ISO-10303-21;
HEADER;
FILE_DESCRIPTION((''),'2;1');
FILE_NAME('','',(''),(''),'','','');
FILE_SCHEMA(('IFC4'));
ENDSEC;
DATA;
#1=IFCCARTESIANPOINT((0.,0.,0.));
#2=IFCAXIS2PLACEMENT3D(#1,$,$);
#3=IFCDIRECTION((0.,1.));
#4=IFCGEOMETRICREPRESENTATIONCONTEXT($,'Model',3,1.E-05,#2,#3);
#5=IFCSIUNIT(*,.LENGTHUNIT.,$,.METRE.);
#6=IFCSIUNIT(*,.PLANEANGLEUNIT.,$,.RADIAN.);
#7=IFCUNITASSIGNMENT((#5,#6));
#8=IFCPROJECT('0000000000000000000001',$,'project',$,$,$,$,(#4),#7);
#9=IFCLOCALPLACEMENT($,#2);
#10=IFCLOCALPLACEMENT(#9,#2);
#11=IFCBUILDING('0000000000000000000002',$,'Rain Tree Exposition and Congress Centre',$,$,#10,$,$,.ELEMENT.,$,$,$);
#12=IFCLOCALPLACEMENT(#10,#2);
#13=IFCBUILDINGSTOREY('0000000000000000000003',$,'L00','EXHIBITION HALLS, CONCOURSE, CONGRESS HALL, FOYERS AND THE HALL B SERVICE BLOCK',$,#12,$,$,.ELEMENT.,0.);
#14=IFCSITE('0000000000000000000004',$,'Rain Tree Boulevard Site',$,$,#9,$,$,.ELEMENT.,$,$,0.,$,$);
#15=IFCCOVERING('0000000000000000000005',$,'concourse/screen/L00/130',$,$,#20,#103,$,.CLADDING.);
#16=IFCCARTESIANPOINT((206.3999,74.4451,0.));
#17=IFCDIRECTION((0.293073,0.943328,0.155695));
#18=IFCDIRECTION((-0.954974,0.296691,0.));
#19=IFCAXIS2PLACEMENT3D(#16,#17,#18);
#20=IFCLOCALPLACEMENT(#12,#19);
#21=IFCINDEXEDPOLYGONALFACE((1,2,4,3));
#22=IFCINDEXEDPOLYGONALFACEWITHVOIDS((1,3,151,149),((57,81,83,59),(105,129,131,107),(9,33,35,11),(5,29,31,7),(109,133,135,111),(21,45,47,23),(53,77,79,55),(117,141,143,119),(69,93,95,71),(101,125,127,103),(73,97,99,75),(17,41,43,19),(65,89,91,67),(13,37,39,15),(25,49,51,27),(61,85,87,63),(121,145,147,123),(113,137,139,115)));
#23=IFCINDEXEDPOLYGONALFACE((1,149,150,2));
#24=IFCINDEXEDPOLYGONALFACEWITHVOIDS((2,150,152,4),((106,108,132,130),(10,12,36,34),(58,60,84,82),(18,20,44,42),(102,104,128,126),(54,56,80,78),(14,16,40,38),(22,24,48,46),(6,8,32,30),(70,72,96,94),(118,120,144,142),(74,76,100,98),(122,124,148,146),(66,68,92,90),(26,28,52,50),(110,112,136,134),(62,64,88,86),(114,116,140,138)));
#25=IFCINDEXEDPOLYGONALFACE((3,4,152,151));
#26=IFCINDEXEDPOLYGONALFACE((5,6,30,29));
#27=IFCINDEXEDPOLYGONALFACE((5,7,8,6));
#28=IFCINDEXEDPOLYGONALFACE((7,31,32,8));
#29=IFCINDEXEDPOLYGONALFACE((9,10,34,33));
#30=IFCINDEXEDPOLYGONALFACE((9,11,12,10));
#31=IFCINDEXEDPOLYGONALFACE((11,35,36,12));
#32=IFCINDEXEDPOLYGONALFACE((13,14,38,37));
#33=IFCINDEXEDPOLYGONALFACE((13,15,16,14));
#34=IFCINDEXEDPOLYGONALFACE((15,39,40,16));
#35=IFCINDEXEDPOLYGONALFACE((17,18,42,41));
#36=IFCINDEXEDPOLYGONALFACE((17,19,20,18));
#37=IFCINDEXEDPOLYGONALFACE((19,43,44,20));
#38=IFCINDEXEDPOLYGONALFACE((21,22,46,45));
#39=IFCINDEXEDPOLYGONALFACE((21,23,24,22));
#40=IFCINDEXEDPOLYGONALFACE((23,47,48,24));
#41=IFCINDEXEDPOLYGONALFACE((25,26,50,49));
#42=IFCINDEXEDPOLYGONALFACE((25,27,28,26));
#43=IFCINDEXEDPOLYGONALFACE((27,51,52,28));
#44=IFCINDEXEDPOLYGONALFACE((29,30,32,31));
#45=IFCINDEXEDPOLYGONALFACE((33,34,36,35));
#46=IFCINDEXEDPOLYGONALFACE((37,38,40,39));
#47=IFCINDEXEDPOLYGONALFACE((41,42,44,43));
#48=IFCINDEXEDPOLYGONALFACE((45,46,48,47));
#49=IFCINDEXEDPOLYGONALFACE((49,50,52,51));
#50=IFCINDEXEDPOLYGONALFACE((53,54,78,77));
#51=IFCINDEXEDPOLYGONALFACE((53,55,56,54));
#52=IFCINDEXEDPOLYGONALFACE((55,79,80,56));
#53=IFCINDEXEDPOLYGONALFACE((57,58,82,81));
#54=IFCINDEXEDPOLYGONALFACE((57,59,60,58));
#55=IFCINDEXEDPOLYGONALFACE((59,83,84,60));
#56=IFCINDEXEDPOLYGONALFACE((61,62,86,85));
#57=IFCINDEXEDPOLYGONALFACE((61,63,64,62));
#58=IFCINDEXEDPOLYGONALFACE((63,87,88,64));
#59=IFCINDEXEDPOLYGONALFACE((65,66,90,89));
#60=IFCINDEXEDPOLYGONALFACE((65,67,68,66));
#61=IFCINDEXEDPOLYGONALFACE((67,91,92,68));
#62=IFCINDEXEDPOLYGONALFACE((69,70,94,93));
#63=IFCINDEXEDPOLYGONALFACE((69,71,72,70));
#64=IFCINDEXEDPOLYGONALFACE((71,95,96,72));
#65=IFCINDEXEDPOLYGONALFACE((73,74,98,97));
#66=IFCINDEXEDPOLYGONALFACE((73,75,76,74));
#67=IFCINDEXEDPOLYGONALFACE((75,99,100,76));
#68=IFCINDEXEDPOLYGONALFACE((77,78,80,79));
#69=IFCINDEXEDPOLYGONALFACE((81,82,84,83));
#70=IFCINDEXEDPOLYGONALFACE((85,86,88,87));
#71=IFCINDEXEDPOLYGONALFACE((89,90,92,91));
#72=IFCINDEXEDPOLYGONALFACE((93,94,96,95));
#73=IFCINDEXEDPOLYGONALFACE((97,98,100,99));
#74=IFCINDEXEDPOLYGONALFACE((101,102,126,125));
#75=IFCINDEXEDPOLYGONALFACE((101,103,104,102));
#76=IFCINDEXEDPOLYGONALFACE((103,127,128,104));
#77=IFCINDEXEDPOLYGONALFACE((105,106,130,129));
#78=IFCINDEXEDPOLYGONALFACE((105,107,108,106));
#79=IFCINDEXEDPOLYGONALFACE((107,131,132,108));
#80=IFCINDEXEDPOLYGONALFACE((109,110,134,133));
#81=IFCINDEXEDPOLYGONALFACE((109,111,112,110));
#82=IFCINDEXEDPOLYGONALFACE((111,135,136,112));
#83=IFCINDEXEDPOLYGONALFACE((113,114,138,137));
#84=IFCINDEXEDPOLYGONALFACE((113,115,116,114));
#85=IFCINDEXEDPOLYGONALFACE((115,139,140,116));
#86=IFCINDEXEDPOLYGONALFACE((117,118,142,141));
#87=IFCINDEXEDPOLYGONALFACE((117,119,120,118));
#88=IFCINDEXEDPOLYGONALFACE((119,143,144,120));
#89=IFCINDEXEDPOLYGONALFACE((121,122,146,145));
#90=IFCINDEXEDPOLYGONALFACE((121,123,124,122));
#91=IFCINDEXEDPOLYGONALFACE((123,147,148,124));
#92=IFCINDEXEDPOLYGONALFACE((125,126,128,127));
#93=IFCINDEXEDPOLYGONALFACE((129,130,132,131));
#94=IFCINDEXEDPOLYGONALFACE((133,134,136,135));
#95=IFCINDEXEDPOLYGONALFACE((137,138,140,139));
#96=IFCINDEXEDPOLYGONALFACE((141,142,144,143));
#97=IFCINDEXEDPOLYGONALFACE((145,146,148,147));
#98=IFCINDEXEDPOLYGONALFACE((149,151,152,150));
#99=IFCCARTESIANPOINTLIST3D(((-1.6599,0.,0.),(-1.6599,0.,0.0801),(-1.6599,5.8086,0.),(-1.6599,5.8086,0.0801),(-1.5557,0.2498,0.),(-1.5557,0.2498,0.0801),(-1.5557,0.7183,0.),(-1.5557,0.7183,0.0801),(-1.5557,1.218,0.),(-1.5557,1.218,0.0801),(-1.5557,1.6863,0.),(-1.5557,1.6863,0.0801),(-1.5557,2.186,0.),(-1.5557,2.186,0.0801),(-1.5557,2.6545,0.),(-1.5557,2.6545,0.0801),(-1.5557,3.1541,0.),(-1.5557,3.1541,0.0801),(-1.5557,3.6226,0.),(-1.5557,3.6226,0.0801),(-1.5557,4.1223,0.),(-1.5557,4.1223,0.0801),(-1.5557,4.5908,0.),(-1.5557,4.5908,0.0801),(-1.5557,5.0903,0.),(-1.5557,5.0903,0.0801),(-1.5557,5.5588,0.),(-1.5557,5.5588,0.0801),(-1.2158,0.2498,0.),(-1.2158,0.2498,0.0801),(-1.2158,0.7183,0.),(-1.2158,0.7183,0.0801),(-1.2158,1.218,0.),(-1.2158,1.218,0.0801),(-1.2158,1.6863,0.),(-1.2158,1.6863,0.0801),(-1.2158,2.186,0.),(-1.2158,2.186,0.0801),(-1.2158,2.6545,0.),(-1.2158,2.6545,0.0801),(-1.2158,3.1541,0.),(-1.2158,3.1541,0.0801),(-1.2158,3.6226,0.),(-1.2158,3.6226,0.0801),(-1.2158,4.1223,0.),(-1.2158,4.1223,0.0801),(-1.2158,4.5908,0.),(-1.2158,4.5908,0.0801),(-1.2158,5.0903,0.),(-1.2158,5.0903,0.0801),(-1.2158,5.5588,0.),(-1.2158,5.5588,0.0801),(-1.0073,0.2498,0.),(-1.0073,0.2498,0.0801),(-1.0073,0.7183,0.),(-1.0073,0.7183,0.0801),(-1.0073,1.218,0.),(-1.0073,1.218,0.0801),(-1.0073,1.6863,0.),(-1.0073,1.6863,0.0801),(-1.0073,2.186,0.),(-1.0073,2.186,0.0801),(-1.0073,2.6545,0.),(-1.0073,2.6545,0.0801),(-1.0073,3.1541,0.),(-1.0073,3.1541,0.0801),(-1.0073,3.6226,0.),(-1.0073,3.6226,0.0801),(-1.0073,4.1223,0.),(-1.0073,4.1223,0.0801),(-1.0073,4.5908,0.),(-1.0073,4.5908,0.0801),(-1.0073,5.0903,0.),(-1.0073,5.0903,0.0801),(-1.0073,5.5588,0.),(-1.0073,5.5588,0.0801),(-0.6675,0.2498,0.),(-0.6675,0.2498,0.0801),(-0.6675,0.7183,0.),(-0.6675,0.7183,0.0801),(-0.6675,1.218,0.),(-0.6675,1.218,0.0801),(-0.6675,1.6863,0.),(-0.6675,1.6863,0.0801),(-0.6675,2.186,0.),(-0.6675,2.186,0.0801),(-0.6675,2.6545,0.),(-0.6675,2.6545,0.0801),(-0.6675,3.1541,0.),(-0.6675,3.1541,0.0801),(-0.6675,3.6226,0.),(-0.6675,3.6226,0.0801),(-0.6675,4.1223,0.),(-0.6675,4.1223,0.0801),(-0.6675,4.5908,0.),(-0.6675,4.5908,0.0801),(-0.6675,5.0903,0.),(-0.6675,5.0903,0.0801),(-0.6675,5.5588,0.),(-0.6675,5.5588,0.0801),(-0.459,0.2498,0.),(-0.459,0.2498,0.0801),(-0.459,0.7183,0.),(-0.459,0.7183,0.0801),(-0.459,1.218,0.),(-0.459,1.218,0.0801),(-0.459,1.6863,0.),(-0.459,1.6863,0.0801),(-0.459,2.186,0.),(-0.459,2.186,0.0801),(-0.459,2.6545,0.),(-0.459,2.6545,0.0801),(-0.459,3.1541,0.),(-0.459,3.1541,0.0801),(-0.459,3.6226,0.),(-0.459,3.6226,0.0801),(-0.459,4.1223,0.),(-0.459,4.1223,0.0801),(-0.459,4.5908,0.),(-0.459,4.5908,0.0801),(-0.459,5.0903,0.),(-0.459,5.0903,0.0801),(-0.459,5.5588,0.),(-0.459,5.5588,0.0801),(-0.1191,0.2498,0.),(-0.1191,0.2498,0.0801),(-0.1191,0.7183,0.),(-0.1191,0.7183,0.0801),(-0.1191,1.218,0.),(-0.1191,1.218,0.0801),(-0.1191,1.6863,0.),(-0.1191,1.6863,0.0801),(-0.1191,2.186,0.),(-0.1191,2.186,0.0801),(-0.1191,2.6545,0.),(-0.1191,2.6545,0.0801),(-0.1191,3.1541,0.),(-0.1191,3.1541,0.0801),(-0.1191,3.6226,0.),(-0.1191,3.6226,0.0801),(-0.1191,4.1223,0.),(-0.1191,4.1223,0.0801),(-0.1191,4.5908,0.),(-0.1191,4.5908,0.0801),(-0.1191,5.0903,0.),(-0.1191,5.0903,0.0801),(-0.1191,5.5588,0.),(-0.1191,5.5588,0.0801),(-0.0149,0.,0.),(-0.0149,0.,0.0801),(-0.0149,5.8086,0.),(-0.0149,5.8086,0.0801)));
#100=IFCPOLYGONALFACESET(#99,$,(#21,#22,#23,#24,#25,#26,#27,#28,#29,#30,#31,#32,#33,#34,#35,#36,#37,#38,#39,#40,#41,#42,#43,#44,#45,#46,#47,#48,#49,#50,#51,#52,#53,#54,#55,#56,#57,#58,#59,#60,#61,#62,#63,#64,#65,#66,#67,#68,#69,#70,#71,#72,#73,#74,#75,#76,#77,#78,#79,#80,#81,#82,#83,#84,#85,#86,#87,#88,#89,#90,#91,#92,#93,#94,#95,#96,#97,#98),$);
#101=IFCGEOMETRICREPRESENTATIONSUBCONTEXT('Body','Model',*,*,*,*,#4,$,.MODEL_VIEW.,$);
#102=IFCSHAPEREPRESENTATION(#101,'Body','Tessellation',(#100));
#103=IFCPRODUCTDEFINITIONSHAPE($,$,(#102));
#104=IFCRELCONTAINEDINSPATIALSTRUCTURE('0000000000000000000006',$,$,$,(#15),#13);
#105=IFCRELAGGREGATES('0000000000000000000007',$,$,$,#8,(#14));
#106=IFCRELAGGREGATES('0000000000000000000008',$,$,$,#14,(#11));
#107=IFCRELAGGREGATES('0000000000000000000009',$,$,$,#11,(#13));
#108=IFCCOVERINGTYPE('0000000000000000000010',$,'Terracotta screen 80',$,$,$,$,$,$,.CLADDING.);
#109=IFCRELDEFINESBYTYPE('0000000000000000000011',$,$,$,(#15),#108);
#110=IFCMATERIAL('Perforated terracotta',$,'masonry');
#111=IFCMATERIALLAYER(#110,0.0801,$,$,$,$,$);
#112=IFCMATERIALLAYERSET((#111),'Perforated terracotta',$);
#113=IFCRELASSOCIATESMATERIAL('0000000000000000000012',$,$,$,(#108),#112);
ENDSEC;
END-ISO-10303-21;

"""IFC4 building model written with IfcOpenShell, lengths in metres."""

from ifc_helpers import new_model, si_unit, direction, frame, origin, place, context, subcontext, project, spatial, polyline, outline, extrude, material, layer, layer_set, type_object, element, save


model = new_model("IFC4")

# Units and contexts
model_context = context("Model", 3, precision=1e-05, world=origin(), true_north=direction((0.0, 1.0)))
body_context = subcontext(model_context, "Body", "Model", "MODEL_VIEW")
ifc_project = project(units=[si_unit("LENGTHUNIT", "METRE"), si_unit("PLANEANGLEUNIT", "RADIAN")], contexts=[model_context])

# Site, building, storey
site_placement = place(None, origin())
site = spatial("IfcSite", under=ifc_project, at=site_placement, Name="Rain Tree Boulevard Site", CompositionType="ELEMENT", RefElevation=0.0)
building_placement = place(site_placement, origin())
building = spatial("IfcBuilding", under=site, at=building_placement, Name="Rain Tree Exposition and Congress Centre", CompositionType="ELEMENT")
storey_placement = place(building_placement, origin())
storey = spatial("IfcBuildingStorey", under=building, at=storey_placement, Name="L00", Description="EXHIBITION HALLS, CONCOURSE, CONGRESS HALL, FOYERS AND THE HALL B SERVICE BLOCK", CompositionType="ELEMENT", Elevation=0.0)

# Covering
ifc_material_1 = material(Name="Perforated terracotta", Category="masonry")
ifc_layer_1 = layer(ifc_material_1, 0.0801)
ifc_layer_set_1 = layer_set([ifc_layer_1], Name="Perforated terracotta")
covering_type = type_object("IfcCoveringType", Name="Terracotta screen 80", PredefinedType="CLADDING", material=ifc_layer_set_1)
covering_1_placement = place(storey_placement, frame((206.3999, 74.4451, 0.0), z_axis=(0.293073, 0.943328, 0.155695), x_axis=(-0.954974, 0.296691, 0.0)))
element("IfcCovering", 1, at=covering_1_placement, inside=storey, type_object=covering_type, Name="concourse/screen/L00/130", PredefinedType="CLADDING", context=body_context, shape_type="SweptSolid", body=[
    extrude(outline(polyline([(-0.0149, 0.0), (-1.6599, 0.0), (-1.6599, 5.8086), (-0.0149, 5.8086), (-0.0149, 0.0)]), holes=[polyline([(-0.1191, 0.2498), (-0.1191, 0.7183), (-0.459, 0.7183), (-0.459, 0.2498), (-0.1191, 0.2498)]), polyline([(-0.1191, 1.218), (-0.1191, 1.6863), (-0.459, 1.6863), (-0.459, 1.218), (-0.1191, 1.218)]), polyline([(-0.1191, 2.186), (-0.1191, 2.6545), (-0.459, 2.6545), (-0.459, 2.186), (-0.1191, 2.186)]), polyline([(-0.1191, 3.1541), (-0.1191, 3.6226), (-0.459, 3.6226), (-0.459, 3.1541), (-0.1191, 3.1541)]), polyline([(-0.1191, 4.1223), (-0.1191, 4.5908), (-0.459, 4.5908), (-0.459, 4.1223), (-0.1191, 4.1223)]), polyline([(-0.1191, 5.0903), (-0.1191, 5.5588), (-0.459, 5.5588), (-0.459, 5.0903), (-0.1191, 5.0903)]), polyline([(-0.6675, 0.2498), (-0.6675, 0.7183), (-1.0073, 0.7183), (-1.0073, 0.2498), (-0.6675, 0.2498)]), polyline([(-0.6675, 1.218), (-0.6675, 1.6863), (-1.0073, 1.6863), (-1.0073, 1.218), (-0.6675, 1.218)]), polyline([(-0.6675, 2.186), (-0.6675, 2.6545), (-1.0073, 2.6545), (-1.0073, 2.186), (-0.6675, 2.186)]), polyline([(-0.6675, 3.1541), (-0.6675, 3.6226), (-1.0073, 3.6226), (-1.0073, 3.1541), (-0.6675, 3.1541)]), polyline([(-0.6675, 4.1223), (-0.6675, 4.5908), (-1.0073, 4.5908), (-1.0073, 4.1223), (-0.6675, 4.1223)]), polyline([(-0.6675, 5.0903), (-0.6675, 5.5588), (-1.0073, 5.5588), (-1.0073, 5.0903), (-0.6675, 5.0903)]), polyline([(-1.2158, 0.2498), (-1.2158, 0.7183), (-1.5557, 0.7183), (-1.5557, 0.2498), (-1.2158, 0.2498)]), polyline([(-1.2158, 1.218), (-1.2158, 1.6863), (-1.5557, 1.6863), (-1.5557, 1.218), (-1.2158, 1.218)]), polyline([(-1.2158, 2.186), (-1.2158, 2.6545), (-1.5557, 2.6545), (-1.5557, 2.186), (-1.2158, 2.186)]), polyline([(-1.2158, 3.1541), (-1.2158, 3.6226), (-1.5557, 3.6226), (-1.5557, 3.1541), (-1.2158, 3.1541)]), polyline([(-1.2158, 4.1223), (-1.2158, 4.5908), (-1.5557, 4.5908), (-1.5557, 4.1223), (-1.2158, 4.1223)]), polyline([(-1.2158, 5.0903), (-1.2158, 5.5588), (-1.5557, 5.5588), (-1.5557, 5.0903), (-1.2158, 5.0903)])]), origin(), (0.0, 0.0, 1.0), 0.0801),
])

save(model, "model.ifc")
